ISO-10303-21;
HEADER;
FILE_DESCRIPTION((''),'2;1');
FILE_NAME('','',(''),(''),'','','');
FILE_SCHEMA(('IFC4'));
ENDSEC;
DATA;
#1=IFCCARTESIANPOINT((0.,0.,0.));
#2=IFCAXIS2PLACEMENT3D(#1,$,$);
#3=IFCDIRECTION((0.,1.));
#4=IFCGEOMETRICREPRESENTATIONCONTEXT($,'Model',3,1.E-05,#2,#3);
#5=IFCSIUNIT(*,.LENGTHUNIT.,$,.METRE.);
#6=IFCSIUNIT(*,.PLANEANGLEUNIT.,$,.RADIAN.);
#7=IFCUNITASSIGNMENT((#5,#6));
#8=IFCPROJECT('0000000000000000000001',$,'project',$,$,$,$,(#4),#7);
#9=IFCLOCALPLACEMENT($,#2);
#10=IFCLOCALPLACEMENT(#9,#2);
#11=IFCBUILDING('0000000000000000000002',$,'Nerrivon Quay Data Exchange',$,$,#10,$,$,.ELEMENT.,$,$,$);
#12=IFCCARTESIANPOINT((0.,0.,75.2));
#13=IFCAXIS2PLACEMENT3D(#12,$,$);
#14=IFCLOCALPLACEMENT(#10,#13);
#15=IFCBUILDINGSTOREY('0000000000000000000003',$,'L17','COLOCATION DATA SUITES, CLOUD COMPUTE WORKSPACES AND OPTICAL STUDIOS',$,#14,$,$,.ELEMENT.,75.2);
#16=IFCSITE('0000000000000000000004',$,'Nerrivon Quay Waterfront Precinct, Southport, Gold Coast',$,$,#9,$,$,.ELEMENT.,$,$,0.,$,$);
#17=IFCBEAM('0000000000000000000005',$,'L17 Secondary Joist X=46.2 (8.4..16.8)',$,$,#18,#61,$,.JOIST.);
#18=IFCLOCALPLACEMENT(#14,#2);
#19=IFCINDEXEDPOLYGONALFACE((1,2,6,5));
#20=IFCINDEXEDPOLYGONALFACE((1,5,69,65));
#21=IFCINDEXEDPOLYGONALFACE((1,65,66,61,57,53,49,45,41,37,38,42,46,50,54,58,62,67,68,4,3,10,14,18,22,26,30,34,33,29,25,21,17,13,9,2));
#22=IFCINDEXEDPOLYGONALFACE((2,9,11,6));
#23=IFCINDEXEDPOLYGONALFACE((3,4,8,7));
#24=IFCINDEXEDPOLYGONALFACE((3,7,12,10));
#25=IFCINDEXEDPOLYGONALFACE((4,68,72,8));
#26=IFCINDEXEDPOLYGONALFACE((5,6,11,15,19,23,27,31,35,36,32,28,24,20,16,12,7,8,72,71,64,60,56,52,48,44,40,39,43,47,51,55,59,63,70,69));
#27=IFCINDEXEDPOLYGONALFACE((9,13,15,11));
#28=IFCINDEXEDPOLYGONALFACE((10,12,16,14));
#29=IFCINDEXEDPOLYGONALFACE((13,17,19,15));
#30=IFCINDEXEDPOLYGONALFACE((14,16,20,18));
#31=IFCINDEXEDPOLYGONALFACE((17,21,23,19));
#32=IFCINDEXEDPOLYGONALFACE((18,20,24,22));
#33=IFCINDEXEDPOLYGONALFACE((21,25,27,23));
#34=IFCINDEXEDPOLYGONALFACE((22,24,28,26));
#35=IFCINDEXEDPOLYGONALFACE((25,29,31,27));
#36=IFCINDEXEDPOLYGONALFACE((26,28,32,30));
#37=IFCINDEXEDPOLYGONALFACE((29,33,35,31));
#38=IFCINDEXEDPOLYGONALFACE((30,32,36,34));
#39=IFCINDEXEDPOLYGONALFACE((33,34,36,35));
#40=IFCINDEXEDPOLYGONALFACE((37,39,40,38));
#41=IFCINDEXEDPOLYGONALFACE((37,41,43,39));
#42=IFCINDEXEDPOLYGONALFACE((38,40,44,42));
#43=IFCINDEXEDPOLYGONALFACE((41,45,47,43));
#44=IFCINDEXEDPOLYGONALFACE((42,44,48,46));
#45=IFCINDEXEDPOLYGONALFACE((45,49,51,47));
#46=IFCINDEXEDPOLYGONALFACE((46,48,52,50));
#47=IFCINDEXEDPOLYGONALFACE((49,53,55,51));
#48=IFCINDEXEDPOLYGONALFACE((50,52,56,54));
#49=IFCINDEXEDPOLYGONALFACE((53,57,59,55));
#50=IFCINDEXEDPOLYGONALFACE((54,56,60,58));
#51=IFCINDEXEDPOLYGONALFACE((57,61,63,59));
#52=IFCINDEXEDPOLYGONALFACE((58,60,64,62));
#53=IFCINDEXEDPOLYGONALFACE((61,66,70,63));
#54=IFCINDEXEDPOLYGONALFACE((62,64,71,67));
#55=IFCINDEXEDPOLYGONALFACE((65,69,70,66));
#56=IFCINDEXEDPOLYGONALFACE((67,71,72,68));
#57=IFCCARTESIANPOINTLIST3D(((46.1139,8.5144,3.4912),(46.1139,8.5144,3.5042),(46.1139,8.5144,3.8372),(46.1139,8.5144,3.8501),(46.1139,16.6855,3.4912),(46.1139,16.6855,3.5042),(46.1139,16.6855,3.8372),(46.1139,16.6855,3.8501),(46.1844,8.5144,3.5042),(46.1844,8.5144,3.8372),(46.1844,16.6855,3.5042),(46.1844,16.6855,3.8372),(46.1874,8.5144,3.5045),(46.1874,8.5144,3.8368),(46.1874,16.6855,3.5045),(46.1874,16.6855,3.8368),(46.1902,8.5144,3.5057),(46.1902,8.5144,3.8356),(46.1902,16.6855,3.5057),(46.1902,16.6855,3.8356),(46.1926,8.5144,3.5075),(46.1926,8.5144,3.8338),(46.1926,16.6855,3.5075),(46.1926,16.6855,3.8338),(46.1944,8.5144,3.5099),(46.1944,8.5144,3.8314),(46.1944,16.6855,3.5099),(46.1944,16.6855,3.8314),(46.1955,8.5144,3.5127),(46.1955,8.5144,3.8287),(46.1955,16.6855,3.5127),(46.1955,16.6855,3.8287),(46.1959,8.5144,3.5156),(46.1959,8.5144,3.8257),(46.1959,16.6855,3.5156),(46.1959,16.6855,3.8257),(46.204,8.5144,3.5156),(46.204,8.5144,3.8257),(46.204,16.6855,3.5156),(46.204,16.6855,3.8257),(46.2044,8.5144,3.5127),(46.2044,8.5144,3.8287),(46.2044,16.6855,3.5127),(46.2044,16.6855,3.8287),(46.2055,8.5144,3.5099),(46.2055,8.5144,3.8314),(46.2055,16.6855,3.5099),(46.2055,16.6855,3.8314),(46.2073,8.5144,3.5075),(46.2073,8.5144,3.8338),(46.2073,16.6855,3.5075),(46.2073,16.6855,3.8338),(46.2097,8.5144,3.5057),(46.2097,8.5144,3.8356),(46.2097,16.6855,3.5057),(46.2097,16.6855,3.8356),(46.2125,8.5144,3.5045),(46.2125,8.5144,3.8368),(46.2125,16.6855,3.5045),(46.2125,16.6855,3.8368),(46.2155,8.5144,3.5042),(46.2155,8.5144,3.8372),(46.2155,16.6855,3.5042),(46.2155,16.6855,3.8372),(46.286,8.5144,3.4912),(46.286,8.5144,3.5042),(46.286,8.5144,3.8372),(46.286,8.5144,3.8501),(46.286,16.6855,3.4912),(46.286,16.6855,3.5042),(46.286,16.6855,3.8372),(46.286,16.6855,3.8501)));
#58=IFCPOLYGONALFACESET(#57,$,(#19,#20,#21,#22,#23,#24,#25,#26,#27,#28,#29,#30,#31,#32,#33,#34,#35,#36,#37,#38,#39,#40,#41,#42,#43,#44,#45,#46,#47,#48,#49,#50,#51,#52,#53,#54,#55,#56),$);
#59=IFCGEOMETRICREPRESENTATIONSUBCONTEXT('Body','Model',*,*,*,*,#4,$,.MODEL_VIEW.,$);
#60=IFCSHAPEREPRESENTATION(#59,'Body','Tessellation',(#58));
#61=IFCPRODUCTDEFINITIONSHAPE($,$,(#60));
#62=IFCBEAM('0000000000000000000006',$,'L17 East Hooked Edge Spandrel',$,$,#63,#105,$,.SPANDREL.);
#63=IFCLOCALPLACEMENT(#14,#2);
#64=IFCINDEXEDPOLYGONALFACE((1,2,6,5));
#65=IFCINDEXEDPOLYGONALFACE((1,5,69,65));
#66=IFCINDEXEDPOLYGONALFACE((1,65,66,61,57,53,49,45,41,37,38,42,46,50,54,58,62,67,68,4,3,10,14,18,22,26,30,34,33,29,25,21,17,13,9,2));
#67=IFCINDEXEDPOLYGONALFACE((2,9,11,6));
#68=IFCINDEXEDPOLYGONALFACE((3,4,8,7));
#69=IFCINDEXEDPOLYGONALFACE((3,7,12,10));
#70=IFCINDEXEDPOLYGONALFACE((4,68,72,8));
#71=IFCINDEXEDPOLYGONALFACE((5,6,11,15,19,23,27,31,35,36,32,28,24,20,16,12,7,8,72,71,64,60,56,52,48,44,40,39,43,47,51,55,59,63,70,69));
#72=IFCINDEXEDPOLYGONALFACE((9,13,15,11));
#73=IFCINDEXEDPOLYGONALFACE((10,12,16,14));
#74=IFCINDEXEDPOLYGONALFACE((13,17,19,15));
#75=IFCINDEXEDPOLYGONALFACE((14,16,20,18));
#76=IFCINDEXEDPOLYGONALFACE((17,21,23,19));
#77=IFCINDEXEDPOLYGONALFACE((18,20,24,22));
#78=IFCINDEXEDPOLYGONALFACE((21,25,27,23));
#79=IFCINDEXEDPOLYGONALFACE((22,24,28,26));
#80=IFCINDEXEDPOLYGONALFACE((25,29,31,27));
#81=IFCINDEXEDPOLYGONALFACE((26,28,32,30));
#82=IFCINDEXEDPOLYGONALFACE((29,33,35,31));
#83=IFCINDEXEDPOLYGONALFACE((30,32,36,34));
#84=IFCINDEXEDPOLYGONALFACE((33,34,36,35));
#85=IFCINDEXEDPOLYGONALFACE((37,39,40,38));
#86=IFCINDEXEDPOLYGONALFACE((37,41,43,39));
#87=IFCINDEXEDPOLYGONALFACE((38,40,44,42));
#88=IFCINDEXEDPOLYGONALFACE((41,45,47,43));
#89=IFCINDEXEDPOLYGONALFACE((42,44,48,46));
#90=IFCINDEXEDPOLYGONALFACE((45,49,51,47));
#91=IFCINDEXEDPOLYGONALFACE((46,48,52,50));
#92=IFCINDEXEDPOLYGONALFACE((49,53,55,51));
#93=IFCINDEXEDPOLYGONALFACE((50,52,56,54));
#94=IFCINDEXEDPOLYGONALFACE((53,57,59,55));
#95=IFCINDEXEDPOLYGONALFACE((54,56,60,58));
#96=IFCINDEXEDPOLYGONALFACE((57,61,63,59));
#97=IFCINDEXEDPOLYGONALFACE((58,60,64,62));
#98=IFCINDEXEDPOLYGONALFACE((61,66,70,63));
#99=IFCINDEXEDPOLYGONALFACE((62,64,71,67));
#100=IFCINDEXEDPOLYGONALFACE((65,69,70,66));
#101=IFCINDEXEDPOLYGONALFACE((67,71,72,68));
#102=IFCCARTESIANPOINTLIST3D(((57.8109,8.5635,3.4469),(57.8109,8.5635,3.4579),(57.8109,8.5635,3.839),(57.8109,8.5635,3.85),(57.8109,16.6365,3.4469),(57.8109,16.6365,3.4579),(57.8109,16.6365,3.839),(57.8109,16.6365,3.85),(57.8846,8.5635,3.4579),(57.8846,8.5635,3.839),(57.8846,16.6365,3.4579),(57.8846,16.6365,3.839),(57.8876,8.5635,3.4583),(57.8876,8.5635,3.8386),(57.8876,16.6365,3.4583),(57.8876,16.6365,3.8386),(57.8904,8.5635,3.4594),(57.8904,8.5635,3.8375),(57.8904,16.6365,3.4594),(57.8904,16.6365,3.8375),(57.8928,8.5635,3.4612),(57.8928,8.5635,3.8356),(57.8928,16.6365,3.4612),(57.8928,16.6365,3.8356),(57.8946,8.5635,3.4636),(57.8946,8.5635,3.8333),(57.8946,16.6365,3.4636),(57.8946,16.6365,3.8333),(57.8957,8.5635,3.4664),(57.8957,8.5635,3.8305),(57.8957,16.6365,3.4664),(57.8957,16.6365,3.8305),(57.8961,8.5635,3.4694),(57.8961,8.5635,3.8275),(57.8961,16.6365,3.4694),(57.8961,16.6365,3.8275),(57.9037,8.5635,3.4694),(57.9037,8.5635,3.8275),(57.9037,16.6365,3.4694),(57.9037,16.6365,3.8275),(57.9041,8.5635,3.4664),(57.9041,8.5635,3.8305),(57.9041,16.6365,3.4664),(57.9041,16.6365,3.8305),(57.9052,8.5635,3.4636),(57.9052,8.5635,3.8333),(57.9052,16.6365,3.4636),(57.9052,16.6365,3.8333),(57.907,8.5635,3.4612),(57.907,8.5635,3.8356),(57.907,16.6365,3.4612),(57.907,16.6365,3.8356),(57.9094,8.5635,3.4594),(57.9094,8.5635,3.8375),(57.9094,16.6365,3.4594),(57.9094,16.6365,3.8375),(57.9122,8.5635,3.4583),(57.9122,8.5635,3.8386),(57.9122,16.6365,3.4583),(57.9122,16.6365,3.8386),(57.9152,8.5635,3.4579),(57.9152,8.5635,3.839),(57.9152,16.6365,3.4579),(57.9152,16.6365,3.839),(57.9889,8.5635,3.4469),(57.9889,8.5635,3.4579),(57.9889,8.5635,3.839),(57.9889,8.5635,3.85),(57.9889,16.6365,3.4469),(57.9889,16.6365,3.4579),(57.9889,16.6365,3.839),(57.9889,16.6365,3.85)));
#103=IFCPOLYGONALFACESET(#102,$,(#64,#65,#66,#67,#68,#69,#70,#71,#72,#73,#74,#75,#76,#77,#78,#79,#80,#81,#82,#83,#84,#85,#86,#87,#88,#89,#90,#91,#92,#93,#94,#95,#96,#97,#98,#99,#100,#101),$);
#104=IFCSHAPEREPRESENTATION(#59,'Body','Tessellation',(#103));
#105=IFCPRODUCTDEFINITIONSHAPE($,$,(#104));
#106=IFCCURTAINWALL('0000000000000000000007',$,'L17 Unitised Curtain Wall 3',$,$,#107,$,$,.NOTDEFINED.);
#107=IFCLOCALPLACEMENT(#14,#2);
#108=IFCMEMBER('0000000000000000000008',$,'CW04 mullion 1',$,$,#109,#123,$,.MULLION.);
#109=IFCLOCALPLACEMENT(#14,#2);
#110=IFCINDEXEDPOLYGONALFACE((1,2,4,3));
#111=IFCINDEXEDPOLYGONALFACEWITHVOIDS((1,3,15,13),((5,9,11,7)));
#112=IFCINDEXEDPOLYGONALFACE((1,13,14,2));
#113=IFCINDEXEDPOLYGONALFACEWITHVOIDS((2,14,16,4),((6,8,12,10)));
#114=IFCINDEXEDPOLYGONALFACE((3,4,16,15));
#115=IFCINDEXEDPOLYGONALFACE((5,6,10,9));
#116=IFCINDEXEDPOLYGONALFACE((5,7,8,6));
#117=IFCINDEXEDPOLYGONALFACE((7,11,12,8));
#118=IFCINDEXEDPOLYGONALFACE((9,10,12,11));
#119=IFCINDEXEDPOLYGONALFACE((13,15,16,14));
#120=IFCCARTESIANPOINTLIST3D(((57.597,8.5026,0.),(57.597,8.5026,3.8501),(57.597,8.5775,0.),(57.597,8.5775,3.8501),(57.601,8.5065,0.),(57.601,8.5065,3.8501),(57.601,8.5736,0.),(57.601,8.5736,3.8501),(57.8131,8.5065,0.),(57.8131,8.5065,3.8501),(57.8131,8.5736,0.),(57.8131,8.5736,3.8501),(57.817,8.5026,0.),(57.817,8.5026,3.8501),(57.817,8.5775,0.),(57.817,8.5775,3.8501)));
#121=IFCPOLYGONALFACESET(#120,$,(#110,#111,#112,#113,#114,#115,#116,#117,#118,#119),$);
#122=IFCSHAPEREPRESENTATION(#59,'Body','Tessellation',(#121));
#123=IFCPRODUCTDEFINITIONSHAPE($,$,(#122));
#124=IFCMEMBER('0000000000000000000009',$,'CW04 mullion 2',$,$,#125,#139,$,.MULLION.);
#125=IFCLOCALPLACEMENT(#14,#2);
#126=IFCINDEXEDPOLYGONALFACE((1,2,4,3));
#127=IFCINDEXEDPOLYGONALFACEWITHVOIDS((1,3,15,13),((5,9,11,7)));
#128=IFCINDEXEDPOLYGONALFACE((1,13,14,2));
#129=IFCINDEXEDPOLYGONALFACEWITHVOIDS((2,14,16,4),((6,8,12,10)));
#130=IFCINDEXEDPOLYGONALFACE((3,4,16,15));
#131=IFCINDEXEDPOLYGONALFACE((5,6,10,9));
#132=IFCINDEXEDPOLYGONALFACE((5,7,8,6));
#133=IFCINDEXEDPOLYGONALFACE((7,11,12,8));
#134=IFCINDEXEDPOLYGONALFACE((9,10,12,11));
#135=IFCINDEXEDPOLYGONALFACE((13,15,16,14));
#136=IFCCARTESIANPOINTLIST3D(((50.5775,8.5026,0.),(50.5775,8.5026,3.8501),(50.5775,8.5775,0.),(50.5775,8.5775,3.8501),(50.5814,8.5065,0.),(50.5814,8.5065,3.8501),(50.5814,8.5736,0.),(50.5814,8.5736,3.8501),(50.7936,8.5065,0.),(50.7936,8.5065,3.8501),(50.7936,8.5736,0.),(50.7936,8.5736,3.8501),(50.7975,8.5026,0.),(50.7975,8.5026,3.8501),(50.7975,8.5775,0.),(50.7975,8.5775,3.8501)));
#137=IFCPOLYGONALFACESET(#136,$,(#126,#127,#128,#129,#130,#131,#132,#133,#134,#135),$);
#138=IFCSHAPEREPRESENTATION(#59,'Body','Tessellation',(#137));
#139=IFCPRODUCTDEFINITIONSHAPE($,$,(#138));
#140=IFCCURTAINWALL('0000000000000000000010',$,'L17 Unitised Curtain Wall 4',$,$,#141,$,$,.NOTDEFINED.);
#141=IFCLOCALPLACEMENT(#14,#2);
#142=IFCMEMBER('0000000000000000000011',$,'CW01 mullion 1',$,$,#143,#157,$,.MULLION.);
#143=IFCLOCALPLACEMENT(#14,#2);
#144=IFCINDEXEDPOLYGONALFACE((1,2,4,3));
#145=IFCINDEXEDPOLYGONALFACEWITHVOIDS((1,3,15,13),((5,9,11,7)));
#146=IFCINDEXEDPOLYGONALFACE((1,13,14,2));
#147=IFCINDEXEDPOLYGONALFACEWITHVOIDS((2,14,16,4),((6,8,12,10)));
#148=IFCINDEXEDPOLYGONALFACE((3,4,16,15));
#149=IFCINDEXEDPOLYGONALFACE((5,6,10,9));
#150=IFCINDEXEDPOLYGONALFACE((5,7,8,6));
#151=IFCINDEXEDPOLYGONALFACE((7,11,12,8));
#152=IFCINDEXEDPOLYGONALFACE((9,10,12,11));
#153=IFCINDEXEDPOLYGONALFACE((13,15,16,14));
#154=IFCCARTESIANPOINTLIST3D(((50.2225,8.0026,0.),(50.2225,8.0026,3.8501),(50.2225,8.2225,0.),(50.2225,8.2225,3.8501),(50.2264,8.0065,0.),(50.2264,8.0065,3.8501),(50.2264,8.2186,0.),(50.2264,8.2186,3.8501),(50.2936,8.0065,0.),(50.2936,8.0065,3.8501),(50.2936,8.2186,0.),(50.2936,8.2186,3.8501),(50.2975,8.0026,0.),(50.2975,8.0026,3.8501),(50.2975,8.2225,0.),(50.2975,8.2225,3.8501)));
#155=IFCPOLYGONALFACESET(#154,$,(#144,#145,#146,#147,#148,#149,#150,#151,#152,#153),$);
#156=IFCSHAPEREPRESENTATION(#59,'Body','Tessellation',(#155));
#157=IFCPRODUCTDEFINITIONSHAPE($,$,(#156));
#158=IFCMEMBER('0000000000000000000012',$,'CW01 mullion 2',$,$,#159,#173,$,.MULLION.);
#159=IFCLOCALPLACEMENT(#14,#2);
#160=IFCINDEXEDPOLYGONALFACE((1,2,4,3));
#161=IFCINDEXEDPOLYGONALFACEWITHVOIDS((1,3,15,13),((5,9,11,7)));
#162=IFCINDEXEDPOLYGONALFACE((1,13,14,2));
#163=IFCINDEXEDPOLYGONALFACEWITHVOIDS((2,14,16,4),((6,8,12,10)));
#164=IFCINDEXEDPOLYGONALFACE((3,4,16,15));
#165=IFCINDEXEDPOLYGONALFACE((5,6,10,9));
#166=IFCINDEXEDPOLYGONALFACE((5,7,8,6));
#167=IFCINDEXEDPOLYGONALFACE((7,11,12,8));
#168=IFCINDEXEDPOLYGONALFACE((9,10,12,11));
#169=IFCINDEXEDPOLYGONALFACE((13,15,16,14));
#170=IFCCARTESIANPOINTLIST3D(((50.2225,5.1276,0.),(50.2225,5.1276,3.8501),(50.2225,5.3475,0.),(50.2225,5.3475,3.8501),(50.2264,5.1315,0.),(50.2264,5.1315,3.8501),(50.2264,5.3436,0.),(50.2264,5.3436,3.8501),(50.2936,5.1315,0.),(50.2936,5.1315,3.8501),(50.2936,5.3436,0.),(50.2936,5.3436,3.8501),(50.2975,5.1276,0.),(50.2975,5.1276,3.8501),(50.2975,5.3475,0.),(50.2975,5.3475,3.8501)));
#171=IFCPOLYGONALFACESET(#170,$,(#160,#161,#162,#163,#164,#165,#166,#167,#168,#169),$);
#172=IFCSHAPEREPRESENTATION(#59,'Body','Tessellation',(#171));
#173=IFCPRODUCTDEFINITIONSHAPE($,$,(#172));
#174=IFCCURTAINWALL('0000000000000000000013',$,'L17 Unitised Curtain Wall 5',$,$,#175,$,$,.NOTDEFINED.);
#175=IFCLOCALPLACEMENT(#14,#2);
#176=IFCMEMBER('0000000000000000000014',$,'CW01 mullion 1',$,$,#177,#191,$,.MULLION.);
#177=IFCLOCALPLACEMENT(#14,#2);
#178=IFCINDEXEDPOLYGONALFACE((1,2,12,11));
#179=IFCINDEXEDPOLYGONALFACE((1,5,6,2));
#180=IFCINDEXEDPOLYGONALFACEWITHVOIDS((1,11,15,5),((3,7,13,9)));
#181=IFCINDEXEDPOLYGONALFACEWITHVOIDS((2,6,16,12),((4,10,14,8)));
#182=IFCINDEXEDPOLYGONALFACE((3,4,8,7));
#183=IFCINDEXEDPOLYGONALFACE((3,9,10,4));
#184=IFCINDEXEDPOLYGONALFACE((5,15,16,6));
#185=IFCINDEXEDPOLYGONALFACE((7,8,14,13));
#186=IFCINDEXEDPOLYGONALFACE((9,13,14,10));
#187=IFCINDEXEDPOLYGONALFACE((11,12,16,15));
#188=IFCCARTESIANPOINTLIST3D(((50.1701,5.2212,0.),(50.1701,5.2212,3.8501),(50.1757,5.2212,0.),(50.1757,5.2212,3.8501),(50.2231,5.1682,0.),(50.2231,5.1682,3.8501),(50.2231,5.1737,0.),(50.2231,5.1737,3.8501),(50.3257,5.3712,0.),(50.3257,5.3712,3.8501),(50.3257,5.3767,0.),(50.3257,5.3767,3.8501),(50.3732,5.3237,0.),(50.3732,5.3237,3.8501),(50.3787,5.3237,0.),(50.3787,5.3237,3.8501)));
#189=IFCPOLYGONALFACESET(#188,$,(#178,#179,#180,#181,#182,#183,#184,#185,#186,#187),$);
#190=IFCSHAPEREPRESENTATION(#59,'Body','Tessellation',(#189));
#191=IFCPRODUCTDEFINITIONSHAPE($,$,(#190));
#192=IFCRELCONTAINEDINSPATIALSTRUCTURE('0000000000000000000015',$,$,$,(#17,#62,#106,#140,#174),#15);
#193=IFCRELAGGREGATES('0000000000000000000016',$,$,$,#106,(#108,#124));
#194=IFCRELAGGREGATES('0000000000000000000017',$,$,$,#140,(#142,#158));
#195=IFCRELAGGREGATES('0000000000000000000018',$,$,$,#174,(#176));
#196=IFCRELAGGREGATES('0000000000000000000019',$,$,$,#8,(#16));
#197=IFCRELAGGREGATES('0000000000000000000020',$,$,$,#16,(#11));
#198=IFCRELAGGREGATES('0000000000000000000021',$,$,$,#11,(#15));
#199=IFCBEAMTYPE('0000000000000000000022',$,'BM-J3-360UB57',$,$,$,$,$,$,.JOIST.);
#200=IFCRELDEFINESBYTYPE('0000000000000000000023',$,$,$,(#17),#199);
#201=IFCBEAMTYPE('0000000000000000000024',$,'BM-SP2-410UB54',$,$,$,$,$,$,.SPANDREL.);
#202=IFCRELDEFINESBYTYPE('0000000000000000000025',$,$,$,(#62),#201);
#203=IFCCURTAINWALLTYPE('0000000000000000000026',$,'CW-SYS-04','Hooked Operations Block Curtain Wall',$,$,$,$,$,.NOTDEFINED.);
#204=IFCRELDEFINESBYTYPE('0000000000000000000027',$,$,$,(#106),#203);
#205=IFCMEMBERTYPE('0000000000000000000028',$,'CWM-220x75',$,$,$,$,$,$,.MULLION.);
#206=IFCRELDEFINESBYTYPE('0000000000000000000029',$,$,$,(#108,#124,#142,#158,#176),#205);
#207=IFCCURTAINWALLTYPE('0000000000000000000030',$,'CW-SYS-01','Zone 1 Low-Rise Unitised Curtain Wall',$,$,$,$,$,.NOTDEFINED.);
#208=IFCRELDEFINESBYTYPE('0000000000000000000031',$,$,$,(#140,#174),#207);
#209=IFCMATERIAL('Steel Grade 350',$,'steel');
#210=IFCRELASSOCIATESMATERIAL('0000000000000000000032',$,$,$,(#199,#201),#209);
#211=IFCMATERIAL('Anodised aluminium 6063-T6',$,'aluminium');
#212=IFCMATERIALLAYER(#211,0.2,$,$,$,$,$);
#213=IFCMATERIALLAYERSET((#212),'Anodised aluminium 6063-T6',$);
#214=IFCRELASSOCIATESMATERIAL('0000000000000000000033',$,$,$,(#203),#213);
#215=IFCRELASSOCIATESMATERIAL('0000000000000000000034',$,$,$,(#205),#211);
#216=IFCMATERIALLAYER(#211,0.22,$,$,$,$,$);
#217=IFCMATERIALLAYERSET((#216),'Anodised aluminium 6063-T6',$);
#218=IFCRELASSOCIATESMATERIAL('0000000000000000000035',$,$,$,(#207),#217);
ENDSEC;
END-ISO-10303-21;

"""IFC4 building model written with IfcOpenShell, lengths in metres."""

from ifc_helpers import new_model, si_unit, direction, frame, origin, origin_2d, place, context, subcontext, project, spatial, hollow_rectangle, i_section, extrude, material, layer, layer_set, material_profile, profile_set, type_object, element, aggregate, save


model = new_model("IFC4")

# Units and contexts
model_context = context("Model", 3, precision=1e-05, world=origin(), true_north=direction((0.0, 1.0)))
body_context = subcontext(model_context, "Body", "Model", "MODEL_VIEW")
ifc_project = project(units=[si_unit("LENGTHUNIT", "METRE"), si_unit("PLANEANGLEUNIT", "RADIAN")], contexts=[model_context])

# Site, building, storey
site_placement = place(None, origin())
site = spatial("IfcSite", under=ifc_project, at=site_placement, Name="Nerrivon Quay Waterfront Precinct, Southport, Gold Coast", CompositionType="ELEMENT", RefElevation=0.0)
building_placement = place(site_placement, origin())
building = spatial("IfcBuilding", under=site, at=building_placement, Name="Nerrivon Quay Data Exchange", CompositionType="ELEMENT")
storey_placement = place(building_placement, frame((0.0, 0.0, 75.2)))
storey = spatial("IfcBuildingStorey", under=building, at=storey_placement, Name="L17", Description="COLOCATION DATA SUITES, CLOUD COMPUTE WORKSPACES AND OPTICAL STUDIOS", CompositionType="ELEMENT", Elevation=75.2)

# Shared definitions
ifc_material_1 = material(Name="Steel Grade 350", Category="steel")

# Beams
ifc_material_profile_1 = material_profile(ifc_material_1, i_section(OverallWidth=0.1721, OverallDepth=0.3589, WebThickness=0.0081, FlangeThickness=0.0129, FilletRadius=0.0115, at=origin_2d()), Name="360UB56.7")
ifc_profile_set_1 = profile_set([ifc_material_profile_1], Name="Steel Grade 350")
beam_type_1 = type_object("IfcBeamType", Name="BM-J3-360UB57", PredefinedType="JOIST", material=ifc_profile_set_1)
beam_1_placement = place(storey_placement, frame((46.2, 8.5144, 3.6707), z_axis=(0.0, 1.0, 0.0), x_axis=(-1.0, 0.0, 0.0)))
element("IfcBeam", 1, at=beam_1_placement, inside=storey, type_object=beam_type_1, Name="L17 Secondary Joist X=46.2 (8.4..16.8)", PredefinedType="JOIST", context=body_context, shape_type="SweptSolid", body=[
    extrude(i_section(OverallWidth=0.1721, OverallDepth=0.3589, WebThickness=0.0081, FlangeThickness=0.0129, FilletRadius=0.0115, at=origin_2d()), origin(), (0.0, 0.0, 1.0), 8.1711),
])
ifc_material_profile_2 = material_profile(ifc_material_1, i_section(OverallWidth=0.178, OverallDepth=0.4031, WebThickness=0.0076, FlangeThickness=0.011, FilletRadius=0.0115, at=origin_2d()), Name="410UB53.7")
ifc_profile_set_2 = profile_set([ifc_material_profile_2], Name="Steel Grade 350")
beam_type_2 = type_object("IfcBeamType", Name="BM-SP2-410UB54", PredefinedType="SPANDREL", material=ifc_profile_set_2)
beam_2_placement = place(storey_placement, frame((57.8999, 8.5635, 3.6484), z_axis=(0.0, 1.0, 0.0), x_axis=(-1.0, 0.0, 0.0)))
element("IfcBeam", 2, at=beam_2_placement, inside=storey, type_object=beam_type_2, Name="L17 East Hooked Edge Spandrel", PredefinedType="SPANDREL", context=body_context, shape_type="SweptSolid", body=[
    extrude(i_section(OverallWidth=0.178, OverallDepth=0.4031, WebThickness=0.0076, FlangeThickness=0.011, FilletRadius=0.0115, at=origin_2d()), origin(), (0.0, 0.0, 1.0), 8.073),
])

# Curtain walls, members
ifc_material_2 = material(Name="Anodised aluminium 6063-T6", Category="aluminium")
ifc_layer_1 = layer(ifc_material_2, 0.2)
ifc_layer_set_1 = layer_set([ifc_layer_1], Name="Anodised aluminium 6063-T6")
curtain_wall_type_1 = type_object("IfcCurtainWallType", Name="CW-SYS-04", Description="Hooked Operations Block Curtain Wall", PredefinedType="NOTDEFINED", material=ifc_layer_set_1)
curtain_wall_1_placement = place(storey_placement, origin())
curtain_wall_1 = element("IfcCurtainWall", 3, at=curtain_wall_1_placement, inside=storey, type_object=curtain_wall_type_1, Name="L17 Unitised Curtain Wall 3", PredefinedType="NOTDEFINED")
ifc_material_profile_3 = material_profile(ifc_material_2, hollow_rectangle(XDim=0.075, YDim=0.22, WallThickness=0.0039, at=origin_2d()), Name="ALU-MULL-220x75")
ifc_profile_set_3 = profile_set([ifc_material_profile_3], Name="Anodised aluminium 6063-T6")
member_type_1 = type_object("IfcMemberType", Name="CWM-220x75", PredefinedType="MULLION", material=ifc_profile_set_3)
member_1_placement = place(storey_placement, frame((57.707, 8.54, 0.0), z_axis=(0.0, 0.0, 1.0), x_axis=(0.0, -1.0, 0.0)))
member_1 = element("IfcMember", 4, at=member_1_placement, type_object=member_type_1, Name="CW04 mullion 1", PredefinedType="MULLION", context=body_context, shape_type="SweptSolid", body=[
    extrude(hollow_rectangle(XDim=0.075, YDim=0.22, WallThickness=0.0039, at=origin_2d()), origin(), (0.0, 0.0, 1.0), 3.8501),
])
member_2_placement = place(storey_placement, frame((50.6875, 8.54, 0.0), z_axis=(0.0, 0.0, 1.0), x_axis=(0.0, -1.0, 0.0)))
member_2 = element("IfcMember", 5, at=member_2_placement, type_object=member_type_1, Name="CW04 mullion 2", PredefinedType="MULLION", context=body_context, shape_type="SweptSolid", body=[
    extrude(hollow_rectangle(XDim=0.075, YDim=0.22, WallThickness=0.0039, at=origin_2d()), origin(), (0.0, 0.0, 1.0), 3.8501),
])
ifc_layer_2 = layer(ifc_material_2, 0.22)
ifc_layer_set_2 = layer_set([ifc_layer_2], Name="Anodised aluminium 6063-T6")
curtain_wall_type_2 = type_object("IfcCurtainWallType", Name="CW-SYS-01", Description="Zone 1 Low-Rise Unitised Curtain Wall", PredefinedType="NOTDEFINED", material=ifc_layer_set_2)
curtain_wall_2_placement = place(storey_placement, origin())
curtain_wall_2 = element("IfcCurtainWall", 6, at=curtain_wall_2_placement, inside=storey, type_object=curtain_wall_type_2, Name="L17 Unitised Curtain Wall 4", PredefinedType="NOTDEFINED")
member_3_placement = place(storey_placement, frame((50.26, 8.1125, 0.0), z_axis=(0.0, 0.0, 1.0), x_axis=(1.0, 0.0, 0.0)))
member_3 = element("IfcMember", 7, at=member_3_placement, type_object=member_type_1, Name="CW01 mullion 1", PredefinedType="MULLION", context=body_context, shape_type="SweptSolid", body=[
    extrude(hollow_rectangle(XDim=0.075, YDim=0.22, WallThickness=0.0039, at=origin_2d()), origin(), (0.0, 0.0, 1.0), 3.8501),
])
member_4_placement = place(storey_placement, frame((50.26, 5.2375, 0.0), z_axis=(0.0, 0.0, 1.0), x_axis=(1.0, 0.0, 0.0)))
member_4 = element("IfcMember", 8, at=member_4_placement, type_object=member_type_1, Name="CW01 mullion 2", PredefinedType="MULLION", context=body_context, shape_type="SweptSolid", body=[
    extrude(hollow_rectangle(XDim=0.075, YDim=0.22, WallThickness=0.0039, at=origin_2d()), origin(), (0.0, 0.0, 1.0), 3.8501),
])

# Curtain wall, member
curtain_wall_3_placement = place(storey_placement, origin())
curtain_wall_3 = element("IfcCurtainWall", 9, at=curtain_wall_3_placement, inside=storey, type_object=curtain_wall_type_2, Name="L17 Unitised Curtain Wall 5", PredefinedType="NOTDEFINED")
member_5_placement = place(storey_placement, frame((50.2744, 5.2725, 0.0), z_axis=(0.0, 0.0, 1.0), x_axis=(0.707107, -0.707107, 0.0)))
member_5 = element("IfcMember", 10, at=member_5_placement, type_object=member_type_1, Name="CW01 mullion 1", PredefinedType="MULLION", context=body_context, shape_type="SweptSolid", body=[
    extrude(hollow_rectangle(XDim=0.075, YDim=0.22, WallThickness=0.0039, at=origin_2d()), origin(), (0.0, 0.0, 1.0), 3.8501),
])

aggregate(curtain_wall_1, [member_1, member_2])
aggregate(curtain_wall_2, [member_3, member_4])
aggregate(curtain_wall_3, [member_5])

save(model, "model.ifc")
